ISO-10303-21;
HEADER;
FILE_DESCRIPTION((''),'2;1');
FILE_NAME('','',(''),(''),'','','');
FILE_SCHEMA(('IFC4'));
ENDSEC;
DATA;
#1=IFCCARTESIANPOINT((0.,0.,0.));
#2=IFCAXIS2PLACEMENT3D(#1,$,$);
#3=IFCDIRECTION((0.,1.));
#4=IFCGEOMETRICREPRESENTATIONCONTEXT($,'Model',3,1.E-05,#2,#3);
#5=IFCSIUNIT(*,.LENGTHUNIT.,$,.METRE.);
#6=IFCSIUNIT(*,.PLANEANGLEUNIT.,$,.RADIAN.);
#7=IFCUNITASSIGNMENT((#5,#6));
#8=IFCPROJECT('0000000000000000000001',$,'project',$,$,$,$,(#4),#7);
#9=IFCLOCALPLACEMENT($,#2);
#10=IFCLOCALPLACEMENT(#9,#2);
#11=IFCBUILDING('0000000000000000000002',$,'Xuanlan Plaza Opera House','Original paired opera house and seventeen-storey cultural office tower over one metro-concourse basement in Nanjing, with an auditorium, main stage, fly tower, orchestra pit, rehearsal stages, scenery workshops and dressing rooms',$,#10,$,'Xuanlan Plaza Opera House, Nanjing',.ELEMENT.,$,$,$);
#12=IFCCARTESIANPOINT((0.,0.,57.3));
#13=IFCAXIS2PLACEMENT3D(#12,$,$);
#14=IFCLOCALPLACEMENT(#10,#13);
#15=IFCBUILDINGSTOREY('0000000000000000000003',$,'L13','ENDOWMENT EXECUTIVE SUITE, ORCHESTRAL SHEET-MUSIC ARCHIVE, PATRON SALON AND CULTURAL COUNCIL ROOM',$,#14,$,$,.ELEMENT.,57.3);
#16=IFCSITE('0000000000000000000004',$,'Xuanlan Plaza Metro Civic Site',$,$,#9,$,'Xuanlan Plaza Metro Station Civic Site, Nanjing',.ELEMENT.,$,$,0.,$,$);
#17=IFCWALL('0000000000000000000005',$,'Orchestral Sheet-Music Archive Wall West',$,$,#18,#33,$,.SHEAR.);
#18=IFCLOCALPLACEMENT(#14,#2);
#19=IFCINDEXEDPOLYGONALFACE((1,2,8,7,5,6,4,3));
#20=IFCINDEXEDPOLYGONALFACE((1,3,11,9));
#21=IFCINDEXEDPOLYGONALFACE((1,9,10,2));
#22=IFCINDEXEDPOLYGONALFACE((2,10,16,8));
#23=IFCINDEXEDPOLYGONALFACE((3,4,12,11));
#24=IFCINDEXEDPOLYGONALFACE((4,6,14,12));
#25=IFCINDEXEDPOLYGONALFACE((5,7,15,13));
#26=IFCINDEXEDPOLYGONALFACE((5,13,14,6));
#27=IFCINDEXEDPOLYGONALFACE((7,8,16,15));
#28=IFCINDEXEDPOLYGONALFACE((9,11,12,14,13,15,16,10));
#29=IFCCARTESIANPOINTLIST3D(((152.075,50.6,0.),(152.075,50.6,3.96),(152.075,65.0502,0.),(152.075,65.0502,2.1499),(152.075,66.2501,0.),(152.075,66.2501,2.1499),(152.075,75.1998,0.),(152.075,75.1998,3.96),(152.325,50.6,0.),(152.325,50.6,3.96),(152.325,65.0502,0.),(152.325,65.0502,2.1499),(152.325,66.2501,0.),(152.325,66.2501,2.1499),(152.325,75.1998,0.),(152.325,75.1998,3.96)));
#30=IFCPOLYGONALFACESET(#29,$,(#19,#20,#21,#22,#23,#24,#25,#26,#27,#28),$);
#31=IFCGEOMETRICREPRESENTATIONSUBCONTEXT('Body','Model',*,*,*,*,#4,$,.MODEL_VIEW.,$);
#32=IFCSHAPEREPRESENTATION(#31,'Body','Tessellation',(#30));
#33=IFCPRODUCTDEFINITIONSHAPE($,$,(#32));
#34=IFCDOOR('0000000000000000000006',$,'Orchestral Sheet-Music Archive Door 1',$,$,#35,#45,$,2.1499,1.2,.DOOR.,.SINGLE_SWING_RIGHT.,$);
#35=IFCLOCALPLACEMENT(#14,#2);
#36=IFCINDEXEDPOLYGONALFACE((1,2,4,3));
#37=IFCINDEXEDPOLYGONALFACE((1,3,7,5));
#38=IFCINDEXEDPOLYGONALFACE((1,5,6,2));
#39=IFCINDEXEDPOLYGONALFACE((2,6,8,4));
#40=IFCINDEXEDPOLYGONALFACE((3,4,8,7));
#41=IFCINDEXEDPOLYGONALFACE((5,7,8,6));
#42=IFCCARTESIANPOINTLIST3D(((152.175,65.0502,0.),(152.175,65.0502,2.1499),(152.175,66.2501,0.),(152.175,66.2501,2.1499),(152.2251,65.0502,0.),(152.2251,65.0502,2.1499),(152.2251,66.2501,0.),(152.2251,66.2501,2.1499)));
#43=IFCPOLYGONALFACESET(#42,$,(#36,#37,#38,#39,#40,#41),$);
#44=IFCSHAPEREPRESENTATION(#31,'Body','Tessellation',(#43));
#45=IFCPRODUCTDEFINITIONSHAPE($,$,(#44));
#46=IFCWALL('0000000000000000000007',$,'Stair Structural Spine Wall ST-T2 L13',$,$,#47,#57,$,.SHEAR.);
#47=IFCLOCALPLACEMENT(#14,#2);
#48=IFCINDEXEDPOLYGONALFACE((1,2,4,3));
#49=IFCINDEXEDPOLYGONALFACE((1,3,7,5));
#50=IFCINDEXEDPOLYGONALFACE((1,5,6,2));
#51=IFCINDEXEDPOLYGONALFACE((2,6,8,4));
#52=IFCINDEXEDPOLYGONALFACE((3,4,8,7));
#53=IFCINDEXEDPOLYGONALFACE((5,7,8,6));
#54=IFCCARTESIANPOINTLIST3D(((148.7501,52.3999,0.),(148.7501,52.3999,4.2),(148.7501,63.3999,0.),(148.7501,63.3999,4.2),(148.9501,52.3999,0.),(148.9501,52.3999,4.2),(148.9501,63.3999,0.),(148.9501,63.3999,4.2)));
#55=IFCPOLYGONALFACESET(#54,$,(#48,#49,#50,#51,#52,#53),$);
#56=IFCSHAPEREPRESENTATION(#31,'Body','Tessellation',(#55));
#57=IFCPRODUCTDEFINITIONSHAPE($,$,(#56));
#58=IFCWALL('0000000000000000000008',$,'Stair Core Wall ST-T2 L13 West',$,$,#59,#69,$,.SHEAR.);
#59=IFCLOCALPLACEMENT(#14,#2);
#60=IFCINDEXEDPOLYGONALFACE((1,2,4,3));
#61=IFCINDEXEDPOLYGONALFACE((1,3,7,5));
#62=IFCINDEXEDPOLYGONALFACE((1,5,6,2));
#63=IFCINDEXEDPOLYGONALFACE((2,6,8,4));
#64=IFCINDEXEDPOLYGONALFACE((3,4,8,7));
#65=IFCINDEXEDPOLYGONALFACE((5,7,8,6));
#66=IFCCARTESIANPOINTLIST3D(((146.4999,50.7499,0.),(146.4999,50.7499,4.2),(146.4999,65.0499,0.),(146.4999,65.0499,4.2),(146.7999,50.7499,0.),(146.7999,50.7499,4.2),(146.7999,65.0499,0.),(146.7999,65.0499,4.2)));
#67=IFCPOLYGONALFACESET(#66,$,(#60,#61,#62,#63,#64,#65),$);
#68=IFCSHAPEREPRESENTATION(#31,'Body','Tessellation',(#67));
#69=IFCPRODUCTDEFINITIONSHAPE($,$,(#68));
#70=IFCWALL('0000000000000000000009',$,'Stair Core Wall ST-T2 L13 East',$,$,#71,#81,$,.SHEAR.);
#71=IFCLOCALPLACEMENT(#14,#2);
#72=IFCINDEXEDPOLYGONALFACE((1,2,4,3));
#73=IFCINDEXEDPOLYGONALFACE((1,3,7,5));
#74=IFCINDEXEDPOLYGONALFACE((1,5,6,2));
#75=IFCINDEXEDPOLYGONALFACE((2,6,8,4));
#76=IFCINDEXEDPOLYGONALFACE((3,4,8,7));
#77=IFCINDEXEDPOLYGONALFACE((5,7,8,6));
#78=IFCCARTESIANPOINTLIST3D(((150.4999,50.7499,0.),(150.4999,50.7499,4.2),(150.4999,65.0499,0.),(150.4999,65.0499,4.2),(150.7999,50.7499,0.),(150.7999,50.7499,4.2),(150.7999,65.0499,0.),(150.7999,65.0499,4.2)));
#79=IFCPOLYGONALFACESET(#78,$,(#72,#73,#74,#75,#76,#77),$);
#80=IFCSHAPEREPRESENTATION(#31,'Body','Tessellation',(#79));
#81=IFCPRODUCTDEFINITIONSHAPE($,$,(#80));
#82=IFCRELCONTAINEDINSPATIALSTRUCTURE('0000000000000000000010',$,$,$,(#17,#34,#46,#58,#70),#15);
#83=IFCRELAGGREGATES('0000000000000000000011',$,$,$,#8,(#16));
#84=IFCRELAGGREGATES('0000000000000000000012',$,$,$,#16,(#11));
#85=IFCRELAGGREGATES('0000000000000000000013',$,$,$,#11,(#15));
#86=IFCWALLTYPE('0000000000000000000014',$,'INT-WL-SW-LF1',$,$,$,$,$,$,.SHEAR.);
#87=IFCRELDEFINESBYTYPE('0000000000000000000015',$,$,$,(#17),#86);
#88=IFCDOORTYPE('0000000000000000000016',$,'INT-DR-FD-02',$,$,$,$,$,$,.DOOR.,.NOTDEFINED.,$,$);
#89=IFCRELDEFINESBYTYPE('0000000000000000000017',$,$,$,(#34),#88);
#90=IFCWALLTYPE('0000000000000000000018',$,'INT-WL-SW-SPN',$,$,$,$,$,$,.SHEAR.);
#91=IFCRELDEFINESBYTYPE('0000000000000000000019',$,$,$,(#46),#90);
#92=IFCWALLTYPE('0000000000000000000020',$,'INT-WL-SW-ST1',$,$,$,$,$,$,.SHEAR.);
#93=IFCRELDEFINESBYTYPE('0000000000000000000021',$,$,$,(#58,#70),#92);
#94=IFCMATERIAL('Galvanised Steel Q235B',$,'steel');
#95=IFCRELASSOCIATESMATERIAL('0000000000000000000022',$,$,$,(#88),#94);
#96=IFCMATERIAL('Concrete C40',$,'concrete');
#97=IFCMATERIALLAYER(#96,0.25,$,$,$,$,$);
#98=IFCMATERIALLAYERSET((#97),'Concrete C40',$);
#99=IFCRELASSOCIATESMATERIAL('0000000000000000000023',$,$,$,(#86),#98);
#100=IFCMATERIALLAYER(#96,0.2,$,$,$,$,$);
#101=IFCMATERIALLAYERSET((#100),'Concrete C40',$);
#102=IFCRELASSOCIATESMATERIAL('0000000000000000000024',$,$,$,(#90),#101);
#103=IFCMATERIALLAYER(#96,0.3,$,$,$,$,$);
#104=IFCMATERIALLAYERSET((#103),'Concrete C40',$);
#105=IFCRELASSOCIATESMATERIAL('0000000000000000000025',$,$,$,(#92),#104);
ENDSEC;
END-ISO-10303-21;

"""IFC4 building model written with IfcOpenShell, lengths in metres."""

from ifc_helpers import new_model, si_unit, direction, frame, frame_2d, origin, place, context, subcontext, project, spatial, rectangle, extrude, material, layer, layer_set, type_object, element, fill, save


model = new_model("IFC4")

# Units and contexts
model_context = context("Model", 3, precision=1e-05, world=origin(), true_north=direction((0.0, 1.0)))
body_context = subcontext(model_context, "Body", "Model", "MODEL_VIEW")
ifc_project = project(units=[si_unit("LENGTHUNIT", "METRE"), si_unit("PLANEANGLEUNIT", "RADIAN")], contexts=[model_context])

# Site, building, storey
site_placement = place(None, origin())
site = spatial("IfcSite", under=ifc_project, at=site_placement, Name="Xuanlan Plaza Metro Civic Site", LongName="Xuanlan Plaza Metro Station Civic Site, Nanjing", CompositionType="ELEMENT", RefElevation=0.0)
building_placement = place(site_placement, origin())
building = spatial("IfcBuilding", under=site, at=building_placement, Name="Xuanlan Plaza Opera House", Description="Original paired opera house and seventeen-storey cultural office tower over one metro-concourse basement in Nanjing, with an auditorium, main stage, fly tower, orchestra pit, rehearsal stages, scenery workshops and dressing rooms", LongName="Xuanlan Plaza Opera House, Nanjing", CompositionType="ELEMENT")
storey_placement = place(building_placement, frame((0.0, 0.0, 57.3)))
storey = spatial("IfcBuildingStorey", under=building, at=storey_placement, Name="L13", Description="ENDOWMENT EXECUTIVE SUITE, ORCHESTRAL SHEET-MUSIC ARCHIVE, PATRON SALON AND CULTURAL COUNCIL ROOM", CompositionType="ELEMENT", Elevation=57.3)

# Shared definitions
ifc_material_1 = material(Name="Concrete C40", Category="concrete")

# Shared definitions
ifc_material_2 = material(Name="Galvanised Steel Q235B", Category="steel")
door_type_1 = type_object("IfcDoorType", Name="INT-DR-FD-02", OperationType="NOTDEFINED", PredefinedType="DOOR", material=ifc_material_2)

# Shared definitions
ifc_layer_1 = layer(ifc_material_1, 0.25)
ifc_layer_set_1 = layer_set([ifc_layer_1], Name="Concrete C40")
wall_type_1 = type_object("IfcWallType", Name="INT-WL-SW-LF1", PredefinedType="SHEAR", material=ifc_layer_set_1)

# Wall, opening, door
wall_1_placement = place(storey_placement, frame((152.2, 50.6001, 0.0), z_axis=(0.0, 0.0, 1.0), x_axis=(0.0, 1.0, 0.0)))
wall_1 = element("IfcWall", 1, at=wall_1_placement, inside=storey, type_object=wall_type_1, Name="Orchestral Sheet-Music Archive Wall West", PredefinedType="SHEAR", context=body_context, shape_type="SweptSolid", body=[
    extrude(rectangle(XDim=24.5999, YDim=0.25, at=frame_2d((12.2998, 0.0))), origin(), (0.0, 0.0, 1.0), 3.96),
])
opening_1_placement = place(wall_1_placement, frame((14.45, 0.0, 0.0)))
opening_1 = element("IfcOpeningElement", 2, at=opening_1_placement, cuts=wall_1, PredefinedType="OPENING", context=body_context, shape_type="SweptSolid", body=[
    extrude(rectangle(XDim=1.2, YDim=2.1499, at=frame_2d((0.6001, 1.075))), frame((0.0, 0.135, 0.0), z_axis=(0.0, -1.0, 0.0), x_axis=(1.0, 0.0, 0.0)), (0.0, 0.0, 1.0), 0.27),
])
door_1_placement = place(opening_1_placement, origin())
door_1 = element("IfcDoor", 3, at=door_1_placement, inside=storey, type_object=door_type_1, Name="Orchestral Sheet-Music Archive Door 1", OperationType="SINGLE_SWING_RIGHT", OverallHeight=2.1499, OverallWidth=1.2, PredefinedType="DOOR", context=body_context, shape_type="SweptSolid", body=[
    extrude(rectangle(XDim=1.2, YDim=2.1499, at=frame_2d((0.6001, 1.075))), frame((0.0, 0.0249, 0.0), z_axis=(0.0, -1.0, 0.0), x_axis=(1.0, 0.0, 0.0)), (0.0, 0.0, 1.0), 0.05),
])
fill(opening_1, door_1)

# Wall
ifc_layer_2 = layer(ifc_material_1, 0.2)
ifc_layer_set_2 = layer_set([ifc_layer_2], Name="Concrete C40")
wall_type_2 = type_object("IfcWallType", Name="INT-WL-SW-SPN", PredefinedType="SHEAR", material=ifc_layer_set_2)
wall_2_placement = place(storey_placement, frame((148.8501, 52.3999, 0.0), z_axis=(0.0, 0.0, 1.0), x_axis=(0.0, 1.0, 0.0)))
element("IfcWall", 4, at=wall_2_placement, inside=storey, type_object=wall_type_2, Name="Stair Structural Spine Wall ST-T2 L13", PredefinedType="SHEAR", context=body_context, shape_type="SweptSolid", body=[
    extrude(rectangle(XDim=11.0, YDim=0.2, at=frame_2d((5.5, 0.0))), origin(), (0.0, 0.0, 1.0), 4.2),
])

# Shared definitions
ifc_layer_3 = layer(ifc_material_1, 0.3)
ifc_layer_set_3 = layer_set([ifc_layer_3], Name="Concrete C40")
wall_type_3 = type_object("IfcWallType", Name="INT-WL-SW-ST1", PredefinedType="SHEAR", material=ifc_layer_set_3)

# Walls
for number, where, z_axis, x_axis, name in (
    (5, (146.6499, 50.75, 0.0), (0.0, 0.0, 1.0), (0.0, 1.0, 0.0), "Stair Core Wall ST-T2 L13 West"),
    (6, (150.6499, 50.75, 0.0), (0.0, 0.0, 1.0), (0.0, 1.0, 0.0), "Stair Core Wall ST-T2 L13 East"),
):
    element("IfcWall", number, at=place(storey_placement, frame(where, z_axis=z_axis, x_axis=x_axis)), inside=storey, type_object=wall_type_3, Name=name, PredefinedType="SHEAR", context=body_context, shape_type="SweptSolid", body=[
        extrude(rectangle(XDim=14.3, YDim=0.3, at=frame_2d((7.1499, 0.0))), origin(), (0.0, 0.0, 1.0), 4.2),
    ])

save(model, "model.ifc")
